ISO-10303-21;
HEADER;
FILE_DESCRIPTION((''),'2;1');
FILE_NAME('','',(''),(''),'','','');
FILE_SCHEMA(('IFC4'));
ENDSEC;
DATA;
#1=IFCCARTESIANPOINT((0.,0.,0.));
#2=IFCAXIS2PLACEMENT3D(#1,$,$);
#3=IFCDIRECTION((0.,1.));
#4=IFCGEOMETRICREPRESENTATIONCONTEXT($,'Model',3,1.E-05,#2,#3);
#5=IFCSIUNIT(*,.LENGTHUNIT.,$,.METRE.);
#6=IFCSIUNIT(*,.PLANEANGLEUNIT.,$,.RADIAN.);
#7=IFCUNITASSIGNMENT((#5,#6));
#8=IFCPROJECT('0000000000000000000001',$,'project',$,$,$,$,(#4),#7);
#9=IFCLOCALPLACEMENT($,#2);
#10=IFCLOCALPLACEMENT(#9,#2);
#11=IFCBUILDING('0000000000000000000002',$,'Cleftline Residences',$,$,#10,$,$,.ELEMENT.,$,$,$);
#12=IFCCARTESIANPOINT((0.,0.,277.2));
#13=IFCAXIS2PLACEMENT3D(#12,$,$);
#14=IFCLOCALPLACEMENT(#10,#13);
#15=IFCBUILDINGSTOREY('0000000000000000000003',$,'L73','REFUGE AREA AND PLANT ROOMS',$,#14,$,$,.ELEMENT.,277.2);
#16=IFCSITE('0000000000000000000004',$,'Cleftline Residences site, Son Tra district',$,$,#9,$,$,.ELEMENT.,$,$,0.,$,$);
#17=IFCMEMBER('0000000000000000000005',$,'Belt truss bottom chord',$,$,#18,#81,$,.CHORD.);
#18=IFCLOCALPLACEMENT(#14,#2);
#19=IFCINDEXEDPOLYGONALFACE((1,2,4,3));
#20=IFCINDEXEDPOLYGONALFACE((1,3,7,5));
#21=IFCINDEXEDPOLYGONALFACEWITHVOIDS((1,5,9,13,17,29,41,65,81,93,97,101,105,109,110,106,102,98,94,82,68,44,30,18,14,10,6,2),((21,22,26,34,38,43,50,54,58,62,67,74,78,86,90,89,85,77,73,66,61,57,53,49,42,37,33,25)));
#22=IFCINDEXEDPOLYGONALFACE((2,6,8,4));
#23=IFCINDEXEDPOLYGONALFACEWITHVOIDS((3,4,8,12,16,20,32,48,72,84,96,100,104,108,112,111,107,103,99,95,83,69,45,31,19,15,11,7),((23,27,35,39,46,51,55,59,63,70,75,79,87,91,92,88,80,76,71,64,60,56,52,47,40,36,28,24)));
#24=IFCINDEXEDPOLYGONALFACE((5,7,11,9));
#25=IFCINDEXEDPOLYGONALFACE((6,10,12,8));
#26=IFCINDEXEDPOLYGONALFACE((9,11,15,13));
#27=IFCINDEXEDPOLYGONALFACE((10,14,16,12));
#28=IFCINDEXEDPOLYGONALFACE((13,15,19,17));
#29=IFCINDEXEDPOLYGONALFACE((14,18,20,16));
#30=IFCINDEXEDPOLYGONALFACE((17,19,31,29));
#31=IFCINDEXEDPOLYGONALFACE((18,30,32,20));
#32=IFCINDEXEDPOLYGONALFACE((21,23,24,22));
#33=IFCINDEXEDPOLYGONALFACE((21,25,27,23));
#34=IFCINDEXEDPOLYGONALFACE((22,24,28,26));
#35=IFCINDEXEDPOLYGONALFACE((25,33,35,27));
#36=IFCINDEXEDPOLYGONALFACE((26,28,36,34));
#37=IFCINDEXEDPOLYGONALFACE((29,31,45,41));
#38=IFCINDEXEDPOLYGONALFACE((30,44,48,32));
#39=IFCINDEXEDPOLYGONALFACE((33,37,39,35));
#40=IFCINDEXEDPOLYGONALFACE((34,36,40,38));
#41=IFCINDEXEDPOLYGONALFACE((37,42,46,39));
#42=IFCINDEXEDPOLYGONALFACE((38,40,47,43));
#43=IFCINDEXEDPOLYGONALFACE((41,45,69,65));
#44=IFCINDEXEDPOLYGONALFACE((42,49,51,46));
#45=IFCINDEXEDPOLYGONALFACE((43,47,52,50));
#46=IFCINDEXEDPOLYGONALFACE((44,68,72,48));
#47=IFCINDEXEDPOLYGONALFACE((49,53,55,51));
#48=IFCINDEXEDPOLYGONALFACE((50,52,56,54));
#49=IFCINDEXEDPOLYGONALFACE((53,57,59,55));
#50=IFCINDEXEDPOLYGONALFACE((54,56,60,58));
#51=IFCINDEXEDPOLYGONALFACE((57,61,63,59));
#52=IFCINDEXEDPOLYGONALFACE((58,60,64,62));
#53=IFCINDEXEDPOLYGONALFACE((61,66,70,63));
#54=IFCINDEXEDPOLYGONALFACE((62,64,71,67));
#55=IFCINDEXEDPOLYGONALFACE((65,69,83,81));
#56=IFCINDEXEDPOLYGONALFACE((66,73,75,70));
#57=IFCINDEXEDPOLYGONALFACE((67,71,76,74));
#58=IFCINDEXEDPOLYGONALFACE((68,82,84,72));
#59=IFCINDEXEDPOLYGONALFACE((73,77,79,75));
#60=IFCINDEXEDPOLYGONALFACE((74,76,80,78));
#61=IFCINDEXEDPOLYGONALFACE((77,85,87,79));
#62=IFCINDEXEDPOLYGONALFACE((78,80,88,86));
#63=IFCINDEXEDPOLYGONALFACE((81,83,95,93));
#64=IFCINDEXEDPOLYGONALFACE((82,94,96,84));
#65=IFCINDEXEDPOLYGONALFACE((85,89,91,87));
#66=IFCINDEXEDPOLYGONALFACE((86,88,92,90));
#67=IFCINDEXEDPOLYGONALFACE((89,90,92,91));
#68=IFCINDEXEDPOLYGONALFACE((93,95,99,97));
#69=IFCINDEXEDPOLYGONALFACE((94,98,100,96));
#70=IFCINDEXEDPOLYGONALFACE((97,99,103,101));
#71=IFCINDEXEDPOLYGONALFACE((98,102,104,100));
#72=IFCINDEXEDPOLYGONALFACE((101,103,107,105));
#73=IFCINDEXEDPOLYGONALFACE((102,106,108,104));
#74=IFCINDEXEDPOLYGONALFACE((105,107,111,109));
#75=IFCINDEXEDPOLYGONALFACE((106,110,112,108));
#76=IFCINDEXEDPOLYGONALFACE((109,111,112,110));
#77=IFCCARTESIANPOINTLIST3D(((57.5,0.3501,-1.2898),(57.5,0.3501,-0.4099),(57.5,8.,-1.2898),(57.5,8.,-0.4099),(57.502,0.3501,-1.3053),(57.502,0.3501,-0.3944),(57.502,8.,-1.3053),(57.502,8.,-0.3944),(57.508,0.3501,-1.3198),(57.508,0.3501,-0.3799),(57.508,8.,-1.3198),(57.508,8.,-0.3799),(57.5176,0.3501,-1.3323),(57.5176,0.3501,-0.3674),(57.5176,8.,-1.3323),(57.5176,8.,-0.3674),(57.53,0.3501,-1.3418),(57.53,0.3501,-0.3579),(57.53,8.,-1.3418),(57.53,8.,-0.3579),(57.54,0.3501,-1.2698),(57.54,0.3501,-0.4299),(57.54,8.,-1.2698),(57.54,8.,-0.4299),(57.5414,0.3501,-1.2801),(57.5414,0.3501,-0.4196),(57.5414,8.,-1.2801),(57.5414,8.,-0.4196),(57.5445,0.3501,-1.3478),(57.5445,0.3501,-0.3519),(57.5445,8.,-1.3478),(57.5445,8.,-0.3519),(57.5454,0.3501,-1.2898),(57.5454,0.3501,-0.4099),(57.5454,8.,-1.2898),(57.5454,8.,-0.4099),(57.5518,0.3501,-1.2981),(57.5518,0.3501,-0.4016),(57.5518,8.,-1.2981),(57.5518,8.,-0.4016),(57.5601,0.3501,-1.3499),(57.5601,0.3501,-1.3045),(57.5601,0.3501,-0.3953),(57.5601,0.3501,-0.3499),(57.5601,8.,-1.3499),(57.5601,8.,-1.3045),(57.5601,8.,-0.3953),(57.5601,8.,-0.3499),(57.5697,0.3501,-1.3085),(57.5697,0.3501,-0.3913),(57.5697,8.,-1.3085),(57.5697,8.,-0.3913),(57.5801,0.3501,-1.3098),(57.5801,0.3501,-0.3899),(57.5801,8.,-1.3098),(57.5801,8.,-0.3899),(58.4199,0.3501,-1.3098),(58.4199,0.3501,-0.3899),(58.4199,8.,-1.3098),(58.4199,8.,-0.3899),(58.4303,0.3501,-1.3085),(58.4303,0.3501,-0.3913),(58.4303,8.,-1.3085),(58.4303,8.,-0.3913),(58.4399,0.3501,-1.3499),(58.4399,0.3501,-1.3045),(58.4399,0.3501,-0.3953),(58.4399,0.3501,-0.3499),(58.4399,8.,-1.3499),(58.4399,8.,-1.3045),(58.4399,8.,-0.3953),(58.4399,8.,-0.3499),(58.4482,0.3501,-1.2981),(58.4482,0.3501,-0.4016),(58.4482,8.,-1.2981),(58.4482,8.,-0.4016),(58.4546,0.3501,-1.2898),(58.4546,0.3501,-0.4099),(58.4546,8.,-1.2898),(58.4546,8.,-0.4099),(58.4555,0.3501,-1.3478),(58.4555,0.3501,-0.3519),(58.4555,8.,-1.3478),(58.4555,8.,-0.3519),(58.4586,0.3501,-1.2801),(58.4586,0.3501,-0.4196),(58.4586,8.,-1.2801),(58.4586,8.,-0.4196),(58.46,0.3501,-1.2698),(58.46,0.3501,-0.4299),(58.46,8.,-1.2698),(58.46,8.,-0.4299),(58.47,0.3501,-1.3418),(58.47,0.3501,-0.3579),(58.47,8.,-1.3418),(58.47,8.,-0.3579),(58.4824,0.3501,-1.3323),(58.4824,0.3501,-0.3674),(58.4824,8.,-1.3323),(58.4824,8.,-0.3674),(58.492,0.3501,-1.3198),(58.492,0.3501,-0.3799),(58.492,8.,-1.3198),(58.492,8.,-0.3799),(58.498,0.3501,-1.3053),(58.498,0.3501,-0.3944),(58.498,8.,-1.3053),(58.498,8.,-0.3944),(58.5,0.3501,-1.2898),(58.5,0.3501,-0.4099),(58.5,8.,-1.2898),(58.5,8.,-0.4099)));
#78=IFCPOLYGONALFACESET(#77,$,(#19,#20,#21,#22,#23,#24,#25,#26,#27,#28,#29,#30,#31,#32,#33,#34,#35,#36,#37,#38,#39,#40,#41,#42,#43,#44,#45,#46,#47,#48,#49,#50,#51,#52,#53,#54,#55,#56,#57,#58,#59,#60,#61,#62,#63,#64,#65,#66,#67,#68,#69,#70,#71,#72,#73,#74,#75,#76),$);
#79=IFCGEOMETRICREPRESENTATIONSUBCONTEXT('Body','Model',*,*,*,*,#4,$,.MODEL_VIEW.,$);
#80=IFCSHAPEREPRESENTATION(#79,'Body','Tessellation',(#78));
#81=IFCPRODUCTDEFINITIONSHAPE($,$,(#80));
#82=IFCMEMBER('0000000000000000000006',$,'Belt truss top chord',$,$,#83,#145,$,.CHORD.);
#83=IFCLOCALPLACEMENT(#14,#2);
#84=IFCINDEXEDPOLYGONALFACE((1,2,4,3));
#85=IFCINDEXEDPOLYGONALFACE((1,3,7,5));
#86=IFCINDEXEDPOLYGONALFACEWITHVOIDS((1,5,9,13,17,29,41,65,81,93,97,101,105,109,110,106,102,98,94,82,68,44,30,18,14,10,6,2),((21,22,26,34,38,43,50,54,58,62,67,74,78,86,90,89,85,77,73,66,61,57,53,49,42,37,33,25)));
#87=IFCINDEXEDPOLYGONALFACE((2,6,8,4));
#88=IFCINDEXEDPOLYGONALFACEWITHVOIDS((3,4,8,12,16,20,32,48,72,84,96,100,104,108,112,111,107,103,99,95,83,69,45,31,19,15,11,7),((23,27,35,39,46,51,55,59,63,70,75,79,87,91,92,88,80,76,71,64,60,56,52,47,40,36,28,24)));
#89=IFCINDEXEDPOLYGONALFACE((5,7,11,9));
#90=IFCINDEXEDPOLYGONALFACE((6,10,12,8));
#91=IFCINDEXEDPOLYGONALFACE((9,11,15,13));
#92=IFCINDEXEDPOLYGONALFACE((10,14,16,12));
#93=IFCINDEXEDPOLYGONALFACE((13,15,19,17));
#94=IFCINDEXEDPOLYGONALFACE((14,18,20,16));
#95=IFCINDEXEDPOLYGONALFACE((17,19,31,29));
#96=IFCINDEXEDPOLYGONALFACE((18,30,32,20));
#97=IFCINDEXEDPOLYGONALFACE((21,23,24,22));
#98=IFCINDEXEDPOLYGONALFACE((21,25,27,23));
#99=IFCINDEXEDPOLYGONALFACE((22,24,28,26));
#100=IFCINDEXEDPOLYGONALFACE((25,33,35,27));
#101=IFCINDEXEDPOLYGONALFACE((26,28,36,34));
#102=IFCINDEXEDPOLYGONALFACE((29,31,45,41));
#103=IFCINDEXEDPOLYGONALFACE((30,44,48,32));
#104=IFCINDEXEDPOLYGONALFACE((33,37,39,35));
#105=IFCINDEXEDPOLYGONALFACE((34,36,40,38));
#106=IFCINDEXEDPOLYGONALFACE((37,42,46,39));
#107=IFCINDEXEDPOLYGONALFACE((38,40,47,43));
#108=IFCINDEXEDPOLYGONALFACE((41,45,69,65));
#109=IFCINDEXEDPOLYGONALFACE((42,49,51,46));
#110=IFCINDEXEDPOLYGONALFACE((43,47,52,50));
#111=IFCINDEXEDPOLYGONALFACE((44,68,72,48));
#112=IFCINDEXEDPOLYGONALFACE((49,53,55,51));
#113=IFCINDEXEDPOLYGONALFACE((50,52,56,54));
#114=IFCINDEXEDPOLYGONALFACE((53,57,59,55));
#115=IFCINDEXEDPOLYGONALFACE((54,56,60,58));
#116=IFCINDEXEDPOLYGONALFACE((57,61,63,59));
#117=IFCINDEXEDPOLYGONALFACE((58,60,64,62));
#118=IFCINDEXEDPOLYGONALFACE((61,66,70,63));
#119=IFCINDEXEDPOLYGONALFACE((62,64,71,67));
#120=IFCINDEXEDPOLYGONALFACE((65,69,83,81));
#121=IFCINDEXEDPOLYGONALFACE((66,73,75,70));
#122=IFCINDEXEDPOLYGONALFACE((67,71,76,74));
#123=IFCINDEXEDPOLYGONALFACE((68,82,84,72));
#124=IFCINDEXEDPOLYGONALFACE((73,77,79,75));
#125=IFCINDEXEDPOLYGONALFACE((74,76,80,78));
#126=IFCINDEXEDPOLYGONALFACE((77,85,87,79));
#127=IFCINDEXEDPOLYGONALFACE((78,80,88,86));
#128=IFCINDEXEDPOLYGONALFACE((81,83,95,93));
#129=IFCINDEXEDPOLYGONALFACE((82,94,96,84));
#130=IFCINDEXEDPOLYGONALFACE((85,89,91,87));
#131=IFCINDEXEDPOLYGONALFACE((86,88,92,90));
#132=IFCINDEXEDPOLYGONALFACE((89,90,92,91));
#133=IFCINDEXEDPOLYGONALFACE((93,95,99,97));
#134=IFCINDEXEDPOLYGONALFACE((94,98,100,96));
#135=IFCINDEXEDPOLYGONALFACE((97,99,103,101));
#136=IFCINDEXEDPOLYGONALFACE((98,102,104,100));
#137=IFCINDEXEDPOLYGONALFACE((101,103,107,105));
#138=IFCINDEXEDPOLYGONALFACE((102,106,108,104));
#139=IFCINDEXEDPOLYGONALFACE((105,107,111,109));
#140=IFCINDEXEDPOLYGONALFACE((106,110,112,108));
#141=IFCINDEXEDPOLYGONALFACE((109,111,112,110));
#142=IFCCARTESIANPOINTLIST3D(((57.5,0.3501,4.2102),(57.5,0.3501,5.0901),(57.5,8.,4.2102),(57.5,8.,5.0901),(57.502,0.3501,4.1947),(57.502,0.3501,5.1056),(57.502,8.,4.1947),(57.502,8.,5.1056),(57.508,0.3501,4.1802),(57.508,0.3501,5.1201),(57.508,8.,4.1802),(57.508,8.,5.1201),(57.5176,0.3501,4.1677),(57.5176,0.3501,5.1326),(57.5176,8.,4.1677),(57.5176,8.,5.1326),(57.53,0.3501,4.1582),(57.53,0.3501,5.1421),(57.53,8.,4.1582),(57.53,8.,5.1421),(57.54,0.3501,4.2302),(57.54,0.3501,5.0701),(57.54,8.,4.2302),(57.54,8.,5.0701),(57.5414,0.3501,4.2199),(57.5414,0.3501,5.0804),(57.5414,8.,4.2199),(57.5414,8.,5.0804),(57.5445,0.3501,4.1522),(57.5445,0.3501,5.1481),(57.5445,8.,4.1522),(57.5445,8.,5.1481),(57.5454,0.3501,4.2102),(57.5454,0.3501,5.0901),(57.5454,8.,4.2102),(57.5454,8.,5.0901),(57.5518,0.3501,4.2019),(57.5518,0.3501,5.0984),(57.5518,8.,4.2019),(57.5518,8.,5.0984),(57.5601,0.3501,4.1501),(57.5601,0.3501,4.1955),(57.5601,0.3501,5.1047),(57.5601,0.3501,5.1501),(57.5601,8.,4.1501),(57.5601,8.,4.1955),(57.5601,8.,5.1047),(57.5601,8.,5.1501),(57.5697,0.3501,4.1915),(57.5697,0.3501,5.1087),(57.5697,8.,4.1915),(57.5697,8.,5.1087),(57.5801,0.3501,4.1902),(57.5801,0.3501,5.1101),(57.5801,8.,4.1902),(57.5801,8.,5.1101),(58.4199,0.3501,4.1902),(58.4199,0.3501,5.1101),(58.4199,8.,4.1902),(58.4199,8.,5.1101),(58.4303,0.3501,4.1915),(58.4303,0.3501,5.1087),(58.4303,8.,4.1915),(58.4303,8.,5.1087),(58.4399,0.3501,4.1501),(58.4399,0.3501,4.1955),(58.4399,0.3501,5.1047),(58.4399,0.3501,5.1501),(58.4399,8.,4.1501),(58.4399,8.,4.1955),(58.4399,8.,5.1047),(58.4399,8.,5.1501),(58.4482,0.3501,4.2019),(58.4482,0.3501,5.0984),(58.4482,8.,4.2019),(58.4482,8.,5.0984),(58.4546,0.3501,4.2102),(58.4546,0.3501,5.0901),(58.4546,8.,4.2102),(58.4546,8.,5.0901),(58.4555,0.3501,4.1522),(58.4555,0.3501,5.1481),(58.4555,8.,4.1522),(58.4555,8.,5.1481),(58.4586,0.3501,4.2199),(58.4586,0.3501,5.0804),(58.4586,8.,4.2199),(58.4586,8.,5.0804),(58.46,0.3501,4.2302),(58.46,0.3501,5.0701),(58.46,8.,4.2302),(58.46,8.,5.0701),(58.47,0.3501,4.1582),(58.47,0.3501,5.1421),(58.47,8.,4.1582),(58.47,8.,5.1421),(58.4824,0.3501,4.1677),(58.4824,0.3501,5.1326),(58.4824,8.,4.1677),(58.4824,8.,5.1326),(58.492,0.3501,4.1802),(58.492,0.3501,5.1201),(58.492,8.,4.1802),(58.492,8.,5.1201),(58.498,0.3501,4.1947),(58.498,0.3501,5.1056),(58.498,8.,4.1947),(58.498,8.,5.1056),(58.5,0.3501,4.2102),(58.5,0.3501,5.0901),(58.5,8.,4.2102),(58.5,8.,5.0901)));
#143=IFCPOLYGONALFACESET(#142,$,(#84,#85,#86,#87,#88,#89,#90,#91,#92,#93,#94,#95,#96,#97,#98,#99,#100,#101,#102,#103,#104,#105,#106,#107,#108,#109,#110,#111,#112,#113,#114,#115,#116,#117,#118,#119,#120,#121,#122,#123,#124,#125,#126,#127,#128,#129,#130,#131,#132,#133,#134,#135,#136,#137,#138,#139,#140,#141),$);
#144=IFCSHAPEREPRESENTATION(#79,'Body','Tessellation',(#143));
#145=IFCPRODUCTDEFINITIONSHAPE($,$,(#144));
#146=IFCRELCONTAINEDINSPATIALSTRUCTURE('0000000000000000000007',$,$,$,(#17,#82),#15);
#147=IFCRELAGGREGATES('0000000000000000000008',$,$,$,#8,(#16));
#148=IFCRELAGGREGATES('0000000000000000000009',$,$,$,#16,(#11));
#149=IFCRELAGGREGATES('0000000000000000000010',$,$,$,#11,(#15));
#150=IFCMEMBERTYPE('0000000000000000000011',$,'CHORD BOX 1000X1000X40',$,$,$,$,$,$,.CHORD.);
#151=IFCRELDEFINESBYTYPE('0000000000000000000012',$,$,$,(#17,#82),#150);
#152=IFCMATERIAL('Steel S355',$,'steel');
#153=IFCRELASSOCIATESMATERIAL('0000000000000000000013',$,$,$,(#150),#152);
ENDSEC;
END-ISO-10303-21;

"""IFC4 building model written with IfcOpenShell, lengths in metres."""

from ifc_helpers import new_model, si_unit, direction, frame, origin, origin_2d, place, context, subcontext, project, spatial, hollow_rectangle, extrude, material, material_profile, profile_set, type_object, element, save


model = new_model("IFC4")

# Units and contexts
model_context = context("Model", 3, precision=1e-05, world=origin(), true_north=direction((0.0, 1.0)))
body_context = subcontext(model_context, "Body", "Model", "MODEL_VIEW")
ifc_project = project(units=[si_unit("LENGTHUNIT", "METRE"), si_unit("PLANEANGLEUNIT", "RADIAN")], contexts=[model_context])

# Site, building, storey
site_placement = place(None, origin())
site = spatial("IfcSite", under=ifc_project, at=site_placement, Name="Cleftline Residences site, Son Tra district", CompositionType="ELEMENT", RefElevation=0.0)
building_placement = place(site_placement, origin())
building = spatial("IfcBuilding", under=site, at=building_placement, Name="Cleftline Residences", CompositionType="ELEMENT")
storey_placement = place(building_placement, frame((0.0, 0.0, 277.2)))
storey = spatial("IfcBuildingStorey", under=building, at=storey_placement, Name="L73", Description="REFUGE AREA AND PLANT ROOMS", CompositionType="ELEMENT", Elevation=277.2)

# Members
ifc_material_1 = material(Name="Steel S355", Category="steel")
ifc_material_profile_1 = material_profile(ifc_material_1, hollow_rectangle(XDim=1.0, YDim=1.0, WallThickness=0.04, InnerFilletRadius=0.04, OuterFilletRadius=0.0601, at=origin_2d()))
ifc_profile_set_1 = profile_set([ifc_material_profile_1], Name="Steel S355")
member_type_1 = type_object("IfcMemberType", Name="CHORD BOX 1000X1000X40", PredefinedType="CHORD", material=ifc_profile_set_1)
for number, where, z_axis, x_axis, name in (
    (1, (58.0, 0.3501, -0.8499), (0.0, 1.0, 0.0), (-1.0, 0.0, 0.0), "Belt truss bottom chord"),
    (2, (58.0, 0.3501, 4.6501), (0.0, 1.0, 0.0), (-1.0, 0.0, 0.0), "Belt truss top chord"),
):
    element("IfcMember", number, at=place(storey_placement, frame(where, z_axis=z_axis, x_axis=x_axis)), inside=storey, type_object=member_type_1, Name=name, PredefinedType="CHORD", context=body_context, shape_type="SweptSolid", body=[
        extrude(hollow_rectangle(XDim=1.0, YDim=1.0, WallThickness=0.04, InnerFilletRadius=0.04, OuterFilletRadius=0.0601, at=origin_2d()), origin(), (0.0, 0.0, 1.0), 7.6499),
    ])

save(model, "model.ifc")
